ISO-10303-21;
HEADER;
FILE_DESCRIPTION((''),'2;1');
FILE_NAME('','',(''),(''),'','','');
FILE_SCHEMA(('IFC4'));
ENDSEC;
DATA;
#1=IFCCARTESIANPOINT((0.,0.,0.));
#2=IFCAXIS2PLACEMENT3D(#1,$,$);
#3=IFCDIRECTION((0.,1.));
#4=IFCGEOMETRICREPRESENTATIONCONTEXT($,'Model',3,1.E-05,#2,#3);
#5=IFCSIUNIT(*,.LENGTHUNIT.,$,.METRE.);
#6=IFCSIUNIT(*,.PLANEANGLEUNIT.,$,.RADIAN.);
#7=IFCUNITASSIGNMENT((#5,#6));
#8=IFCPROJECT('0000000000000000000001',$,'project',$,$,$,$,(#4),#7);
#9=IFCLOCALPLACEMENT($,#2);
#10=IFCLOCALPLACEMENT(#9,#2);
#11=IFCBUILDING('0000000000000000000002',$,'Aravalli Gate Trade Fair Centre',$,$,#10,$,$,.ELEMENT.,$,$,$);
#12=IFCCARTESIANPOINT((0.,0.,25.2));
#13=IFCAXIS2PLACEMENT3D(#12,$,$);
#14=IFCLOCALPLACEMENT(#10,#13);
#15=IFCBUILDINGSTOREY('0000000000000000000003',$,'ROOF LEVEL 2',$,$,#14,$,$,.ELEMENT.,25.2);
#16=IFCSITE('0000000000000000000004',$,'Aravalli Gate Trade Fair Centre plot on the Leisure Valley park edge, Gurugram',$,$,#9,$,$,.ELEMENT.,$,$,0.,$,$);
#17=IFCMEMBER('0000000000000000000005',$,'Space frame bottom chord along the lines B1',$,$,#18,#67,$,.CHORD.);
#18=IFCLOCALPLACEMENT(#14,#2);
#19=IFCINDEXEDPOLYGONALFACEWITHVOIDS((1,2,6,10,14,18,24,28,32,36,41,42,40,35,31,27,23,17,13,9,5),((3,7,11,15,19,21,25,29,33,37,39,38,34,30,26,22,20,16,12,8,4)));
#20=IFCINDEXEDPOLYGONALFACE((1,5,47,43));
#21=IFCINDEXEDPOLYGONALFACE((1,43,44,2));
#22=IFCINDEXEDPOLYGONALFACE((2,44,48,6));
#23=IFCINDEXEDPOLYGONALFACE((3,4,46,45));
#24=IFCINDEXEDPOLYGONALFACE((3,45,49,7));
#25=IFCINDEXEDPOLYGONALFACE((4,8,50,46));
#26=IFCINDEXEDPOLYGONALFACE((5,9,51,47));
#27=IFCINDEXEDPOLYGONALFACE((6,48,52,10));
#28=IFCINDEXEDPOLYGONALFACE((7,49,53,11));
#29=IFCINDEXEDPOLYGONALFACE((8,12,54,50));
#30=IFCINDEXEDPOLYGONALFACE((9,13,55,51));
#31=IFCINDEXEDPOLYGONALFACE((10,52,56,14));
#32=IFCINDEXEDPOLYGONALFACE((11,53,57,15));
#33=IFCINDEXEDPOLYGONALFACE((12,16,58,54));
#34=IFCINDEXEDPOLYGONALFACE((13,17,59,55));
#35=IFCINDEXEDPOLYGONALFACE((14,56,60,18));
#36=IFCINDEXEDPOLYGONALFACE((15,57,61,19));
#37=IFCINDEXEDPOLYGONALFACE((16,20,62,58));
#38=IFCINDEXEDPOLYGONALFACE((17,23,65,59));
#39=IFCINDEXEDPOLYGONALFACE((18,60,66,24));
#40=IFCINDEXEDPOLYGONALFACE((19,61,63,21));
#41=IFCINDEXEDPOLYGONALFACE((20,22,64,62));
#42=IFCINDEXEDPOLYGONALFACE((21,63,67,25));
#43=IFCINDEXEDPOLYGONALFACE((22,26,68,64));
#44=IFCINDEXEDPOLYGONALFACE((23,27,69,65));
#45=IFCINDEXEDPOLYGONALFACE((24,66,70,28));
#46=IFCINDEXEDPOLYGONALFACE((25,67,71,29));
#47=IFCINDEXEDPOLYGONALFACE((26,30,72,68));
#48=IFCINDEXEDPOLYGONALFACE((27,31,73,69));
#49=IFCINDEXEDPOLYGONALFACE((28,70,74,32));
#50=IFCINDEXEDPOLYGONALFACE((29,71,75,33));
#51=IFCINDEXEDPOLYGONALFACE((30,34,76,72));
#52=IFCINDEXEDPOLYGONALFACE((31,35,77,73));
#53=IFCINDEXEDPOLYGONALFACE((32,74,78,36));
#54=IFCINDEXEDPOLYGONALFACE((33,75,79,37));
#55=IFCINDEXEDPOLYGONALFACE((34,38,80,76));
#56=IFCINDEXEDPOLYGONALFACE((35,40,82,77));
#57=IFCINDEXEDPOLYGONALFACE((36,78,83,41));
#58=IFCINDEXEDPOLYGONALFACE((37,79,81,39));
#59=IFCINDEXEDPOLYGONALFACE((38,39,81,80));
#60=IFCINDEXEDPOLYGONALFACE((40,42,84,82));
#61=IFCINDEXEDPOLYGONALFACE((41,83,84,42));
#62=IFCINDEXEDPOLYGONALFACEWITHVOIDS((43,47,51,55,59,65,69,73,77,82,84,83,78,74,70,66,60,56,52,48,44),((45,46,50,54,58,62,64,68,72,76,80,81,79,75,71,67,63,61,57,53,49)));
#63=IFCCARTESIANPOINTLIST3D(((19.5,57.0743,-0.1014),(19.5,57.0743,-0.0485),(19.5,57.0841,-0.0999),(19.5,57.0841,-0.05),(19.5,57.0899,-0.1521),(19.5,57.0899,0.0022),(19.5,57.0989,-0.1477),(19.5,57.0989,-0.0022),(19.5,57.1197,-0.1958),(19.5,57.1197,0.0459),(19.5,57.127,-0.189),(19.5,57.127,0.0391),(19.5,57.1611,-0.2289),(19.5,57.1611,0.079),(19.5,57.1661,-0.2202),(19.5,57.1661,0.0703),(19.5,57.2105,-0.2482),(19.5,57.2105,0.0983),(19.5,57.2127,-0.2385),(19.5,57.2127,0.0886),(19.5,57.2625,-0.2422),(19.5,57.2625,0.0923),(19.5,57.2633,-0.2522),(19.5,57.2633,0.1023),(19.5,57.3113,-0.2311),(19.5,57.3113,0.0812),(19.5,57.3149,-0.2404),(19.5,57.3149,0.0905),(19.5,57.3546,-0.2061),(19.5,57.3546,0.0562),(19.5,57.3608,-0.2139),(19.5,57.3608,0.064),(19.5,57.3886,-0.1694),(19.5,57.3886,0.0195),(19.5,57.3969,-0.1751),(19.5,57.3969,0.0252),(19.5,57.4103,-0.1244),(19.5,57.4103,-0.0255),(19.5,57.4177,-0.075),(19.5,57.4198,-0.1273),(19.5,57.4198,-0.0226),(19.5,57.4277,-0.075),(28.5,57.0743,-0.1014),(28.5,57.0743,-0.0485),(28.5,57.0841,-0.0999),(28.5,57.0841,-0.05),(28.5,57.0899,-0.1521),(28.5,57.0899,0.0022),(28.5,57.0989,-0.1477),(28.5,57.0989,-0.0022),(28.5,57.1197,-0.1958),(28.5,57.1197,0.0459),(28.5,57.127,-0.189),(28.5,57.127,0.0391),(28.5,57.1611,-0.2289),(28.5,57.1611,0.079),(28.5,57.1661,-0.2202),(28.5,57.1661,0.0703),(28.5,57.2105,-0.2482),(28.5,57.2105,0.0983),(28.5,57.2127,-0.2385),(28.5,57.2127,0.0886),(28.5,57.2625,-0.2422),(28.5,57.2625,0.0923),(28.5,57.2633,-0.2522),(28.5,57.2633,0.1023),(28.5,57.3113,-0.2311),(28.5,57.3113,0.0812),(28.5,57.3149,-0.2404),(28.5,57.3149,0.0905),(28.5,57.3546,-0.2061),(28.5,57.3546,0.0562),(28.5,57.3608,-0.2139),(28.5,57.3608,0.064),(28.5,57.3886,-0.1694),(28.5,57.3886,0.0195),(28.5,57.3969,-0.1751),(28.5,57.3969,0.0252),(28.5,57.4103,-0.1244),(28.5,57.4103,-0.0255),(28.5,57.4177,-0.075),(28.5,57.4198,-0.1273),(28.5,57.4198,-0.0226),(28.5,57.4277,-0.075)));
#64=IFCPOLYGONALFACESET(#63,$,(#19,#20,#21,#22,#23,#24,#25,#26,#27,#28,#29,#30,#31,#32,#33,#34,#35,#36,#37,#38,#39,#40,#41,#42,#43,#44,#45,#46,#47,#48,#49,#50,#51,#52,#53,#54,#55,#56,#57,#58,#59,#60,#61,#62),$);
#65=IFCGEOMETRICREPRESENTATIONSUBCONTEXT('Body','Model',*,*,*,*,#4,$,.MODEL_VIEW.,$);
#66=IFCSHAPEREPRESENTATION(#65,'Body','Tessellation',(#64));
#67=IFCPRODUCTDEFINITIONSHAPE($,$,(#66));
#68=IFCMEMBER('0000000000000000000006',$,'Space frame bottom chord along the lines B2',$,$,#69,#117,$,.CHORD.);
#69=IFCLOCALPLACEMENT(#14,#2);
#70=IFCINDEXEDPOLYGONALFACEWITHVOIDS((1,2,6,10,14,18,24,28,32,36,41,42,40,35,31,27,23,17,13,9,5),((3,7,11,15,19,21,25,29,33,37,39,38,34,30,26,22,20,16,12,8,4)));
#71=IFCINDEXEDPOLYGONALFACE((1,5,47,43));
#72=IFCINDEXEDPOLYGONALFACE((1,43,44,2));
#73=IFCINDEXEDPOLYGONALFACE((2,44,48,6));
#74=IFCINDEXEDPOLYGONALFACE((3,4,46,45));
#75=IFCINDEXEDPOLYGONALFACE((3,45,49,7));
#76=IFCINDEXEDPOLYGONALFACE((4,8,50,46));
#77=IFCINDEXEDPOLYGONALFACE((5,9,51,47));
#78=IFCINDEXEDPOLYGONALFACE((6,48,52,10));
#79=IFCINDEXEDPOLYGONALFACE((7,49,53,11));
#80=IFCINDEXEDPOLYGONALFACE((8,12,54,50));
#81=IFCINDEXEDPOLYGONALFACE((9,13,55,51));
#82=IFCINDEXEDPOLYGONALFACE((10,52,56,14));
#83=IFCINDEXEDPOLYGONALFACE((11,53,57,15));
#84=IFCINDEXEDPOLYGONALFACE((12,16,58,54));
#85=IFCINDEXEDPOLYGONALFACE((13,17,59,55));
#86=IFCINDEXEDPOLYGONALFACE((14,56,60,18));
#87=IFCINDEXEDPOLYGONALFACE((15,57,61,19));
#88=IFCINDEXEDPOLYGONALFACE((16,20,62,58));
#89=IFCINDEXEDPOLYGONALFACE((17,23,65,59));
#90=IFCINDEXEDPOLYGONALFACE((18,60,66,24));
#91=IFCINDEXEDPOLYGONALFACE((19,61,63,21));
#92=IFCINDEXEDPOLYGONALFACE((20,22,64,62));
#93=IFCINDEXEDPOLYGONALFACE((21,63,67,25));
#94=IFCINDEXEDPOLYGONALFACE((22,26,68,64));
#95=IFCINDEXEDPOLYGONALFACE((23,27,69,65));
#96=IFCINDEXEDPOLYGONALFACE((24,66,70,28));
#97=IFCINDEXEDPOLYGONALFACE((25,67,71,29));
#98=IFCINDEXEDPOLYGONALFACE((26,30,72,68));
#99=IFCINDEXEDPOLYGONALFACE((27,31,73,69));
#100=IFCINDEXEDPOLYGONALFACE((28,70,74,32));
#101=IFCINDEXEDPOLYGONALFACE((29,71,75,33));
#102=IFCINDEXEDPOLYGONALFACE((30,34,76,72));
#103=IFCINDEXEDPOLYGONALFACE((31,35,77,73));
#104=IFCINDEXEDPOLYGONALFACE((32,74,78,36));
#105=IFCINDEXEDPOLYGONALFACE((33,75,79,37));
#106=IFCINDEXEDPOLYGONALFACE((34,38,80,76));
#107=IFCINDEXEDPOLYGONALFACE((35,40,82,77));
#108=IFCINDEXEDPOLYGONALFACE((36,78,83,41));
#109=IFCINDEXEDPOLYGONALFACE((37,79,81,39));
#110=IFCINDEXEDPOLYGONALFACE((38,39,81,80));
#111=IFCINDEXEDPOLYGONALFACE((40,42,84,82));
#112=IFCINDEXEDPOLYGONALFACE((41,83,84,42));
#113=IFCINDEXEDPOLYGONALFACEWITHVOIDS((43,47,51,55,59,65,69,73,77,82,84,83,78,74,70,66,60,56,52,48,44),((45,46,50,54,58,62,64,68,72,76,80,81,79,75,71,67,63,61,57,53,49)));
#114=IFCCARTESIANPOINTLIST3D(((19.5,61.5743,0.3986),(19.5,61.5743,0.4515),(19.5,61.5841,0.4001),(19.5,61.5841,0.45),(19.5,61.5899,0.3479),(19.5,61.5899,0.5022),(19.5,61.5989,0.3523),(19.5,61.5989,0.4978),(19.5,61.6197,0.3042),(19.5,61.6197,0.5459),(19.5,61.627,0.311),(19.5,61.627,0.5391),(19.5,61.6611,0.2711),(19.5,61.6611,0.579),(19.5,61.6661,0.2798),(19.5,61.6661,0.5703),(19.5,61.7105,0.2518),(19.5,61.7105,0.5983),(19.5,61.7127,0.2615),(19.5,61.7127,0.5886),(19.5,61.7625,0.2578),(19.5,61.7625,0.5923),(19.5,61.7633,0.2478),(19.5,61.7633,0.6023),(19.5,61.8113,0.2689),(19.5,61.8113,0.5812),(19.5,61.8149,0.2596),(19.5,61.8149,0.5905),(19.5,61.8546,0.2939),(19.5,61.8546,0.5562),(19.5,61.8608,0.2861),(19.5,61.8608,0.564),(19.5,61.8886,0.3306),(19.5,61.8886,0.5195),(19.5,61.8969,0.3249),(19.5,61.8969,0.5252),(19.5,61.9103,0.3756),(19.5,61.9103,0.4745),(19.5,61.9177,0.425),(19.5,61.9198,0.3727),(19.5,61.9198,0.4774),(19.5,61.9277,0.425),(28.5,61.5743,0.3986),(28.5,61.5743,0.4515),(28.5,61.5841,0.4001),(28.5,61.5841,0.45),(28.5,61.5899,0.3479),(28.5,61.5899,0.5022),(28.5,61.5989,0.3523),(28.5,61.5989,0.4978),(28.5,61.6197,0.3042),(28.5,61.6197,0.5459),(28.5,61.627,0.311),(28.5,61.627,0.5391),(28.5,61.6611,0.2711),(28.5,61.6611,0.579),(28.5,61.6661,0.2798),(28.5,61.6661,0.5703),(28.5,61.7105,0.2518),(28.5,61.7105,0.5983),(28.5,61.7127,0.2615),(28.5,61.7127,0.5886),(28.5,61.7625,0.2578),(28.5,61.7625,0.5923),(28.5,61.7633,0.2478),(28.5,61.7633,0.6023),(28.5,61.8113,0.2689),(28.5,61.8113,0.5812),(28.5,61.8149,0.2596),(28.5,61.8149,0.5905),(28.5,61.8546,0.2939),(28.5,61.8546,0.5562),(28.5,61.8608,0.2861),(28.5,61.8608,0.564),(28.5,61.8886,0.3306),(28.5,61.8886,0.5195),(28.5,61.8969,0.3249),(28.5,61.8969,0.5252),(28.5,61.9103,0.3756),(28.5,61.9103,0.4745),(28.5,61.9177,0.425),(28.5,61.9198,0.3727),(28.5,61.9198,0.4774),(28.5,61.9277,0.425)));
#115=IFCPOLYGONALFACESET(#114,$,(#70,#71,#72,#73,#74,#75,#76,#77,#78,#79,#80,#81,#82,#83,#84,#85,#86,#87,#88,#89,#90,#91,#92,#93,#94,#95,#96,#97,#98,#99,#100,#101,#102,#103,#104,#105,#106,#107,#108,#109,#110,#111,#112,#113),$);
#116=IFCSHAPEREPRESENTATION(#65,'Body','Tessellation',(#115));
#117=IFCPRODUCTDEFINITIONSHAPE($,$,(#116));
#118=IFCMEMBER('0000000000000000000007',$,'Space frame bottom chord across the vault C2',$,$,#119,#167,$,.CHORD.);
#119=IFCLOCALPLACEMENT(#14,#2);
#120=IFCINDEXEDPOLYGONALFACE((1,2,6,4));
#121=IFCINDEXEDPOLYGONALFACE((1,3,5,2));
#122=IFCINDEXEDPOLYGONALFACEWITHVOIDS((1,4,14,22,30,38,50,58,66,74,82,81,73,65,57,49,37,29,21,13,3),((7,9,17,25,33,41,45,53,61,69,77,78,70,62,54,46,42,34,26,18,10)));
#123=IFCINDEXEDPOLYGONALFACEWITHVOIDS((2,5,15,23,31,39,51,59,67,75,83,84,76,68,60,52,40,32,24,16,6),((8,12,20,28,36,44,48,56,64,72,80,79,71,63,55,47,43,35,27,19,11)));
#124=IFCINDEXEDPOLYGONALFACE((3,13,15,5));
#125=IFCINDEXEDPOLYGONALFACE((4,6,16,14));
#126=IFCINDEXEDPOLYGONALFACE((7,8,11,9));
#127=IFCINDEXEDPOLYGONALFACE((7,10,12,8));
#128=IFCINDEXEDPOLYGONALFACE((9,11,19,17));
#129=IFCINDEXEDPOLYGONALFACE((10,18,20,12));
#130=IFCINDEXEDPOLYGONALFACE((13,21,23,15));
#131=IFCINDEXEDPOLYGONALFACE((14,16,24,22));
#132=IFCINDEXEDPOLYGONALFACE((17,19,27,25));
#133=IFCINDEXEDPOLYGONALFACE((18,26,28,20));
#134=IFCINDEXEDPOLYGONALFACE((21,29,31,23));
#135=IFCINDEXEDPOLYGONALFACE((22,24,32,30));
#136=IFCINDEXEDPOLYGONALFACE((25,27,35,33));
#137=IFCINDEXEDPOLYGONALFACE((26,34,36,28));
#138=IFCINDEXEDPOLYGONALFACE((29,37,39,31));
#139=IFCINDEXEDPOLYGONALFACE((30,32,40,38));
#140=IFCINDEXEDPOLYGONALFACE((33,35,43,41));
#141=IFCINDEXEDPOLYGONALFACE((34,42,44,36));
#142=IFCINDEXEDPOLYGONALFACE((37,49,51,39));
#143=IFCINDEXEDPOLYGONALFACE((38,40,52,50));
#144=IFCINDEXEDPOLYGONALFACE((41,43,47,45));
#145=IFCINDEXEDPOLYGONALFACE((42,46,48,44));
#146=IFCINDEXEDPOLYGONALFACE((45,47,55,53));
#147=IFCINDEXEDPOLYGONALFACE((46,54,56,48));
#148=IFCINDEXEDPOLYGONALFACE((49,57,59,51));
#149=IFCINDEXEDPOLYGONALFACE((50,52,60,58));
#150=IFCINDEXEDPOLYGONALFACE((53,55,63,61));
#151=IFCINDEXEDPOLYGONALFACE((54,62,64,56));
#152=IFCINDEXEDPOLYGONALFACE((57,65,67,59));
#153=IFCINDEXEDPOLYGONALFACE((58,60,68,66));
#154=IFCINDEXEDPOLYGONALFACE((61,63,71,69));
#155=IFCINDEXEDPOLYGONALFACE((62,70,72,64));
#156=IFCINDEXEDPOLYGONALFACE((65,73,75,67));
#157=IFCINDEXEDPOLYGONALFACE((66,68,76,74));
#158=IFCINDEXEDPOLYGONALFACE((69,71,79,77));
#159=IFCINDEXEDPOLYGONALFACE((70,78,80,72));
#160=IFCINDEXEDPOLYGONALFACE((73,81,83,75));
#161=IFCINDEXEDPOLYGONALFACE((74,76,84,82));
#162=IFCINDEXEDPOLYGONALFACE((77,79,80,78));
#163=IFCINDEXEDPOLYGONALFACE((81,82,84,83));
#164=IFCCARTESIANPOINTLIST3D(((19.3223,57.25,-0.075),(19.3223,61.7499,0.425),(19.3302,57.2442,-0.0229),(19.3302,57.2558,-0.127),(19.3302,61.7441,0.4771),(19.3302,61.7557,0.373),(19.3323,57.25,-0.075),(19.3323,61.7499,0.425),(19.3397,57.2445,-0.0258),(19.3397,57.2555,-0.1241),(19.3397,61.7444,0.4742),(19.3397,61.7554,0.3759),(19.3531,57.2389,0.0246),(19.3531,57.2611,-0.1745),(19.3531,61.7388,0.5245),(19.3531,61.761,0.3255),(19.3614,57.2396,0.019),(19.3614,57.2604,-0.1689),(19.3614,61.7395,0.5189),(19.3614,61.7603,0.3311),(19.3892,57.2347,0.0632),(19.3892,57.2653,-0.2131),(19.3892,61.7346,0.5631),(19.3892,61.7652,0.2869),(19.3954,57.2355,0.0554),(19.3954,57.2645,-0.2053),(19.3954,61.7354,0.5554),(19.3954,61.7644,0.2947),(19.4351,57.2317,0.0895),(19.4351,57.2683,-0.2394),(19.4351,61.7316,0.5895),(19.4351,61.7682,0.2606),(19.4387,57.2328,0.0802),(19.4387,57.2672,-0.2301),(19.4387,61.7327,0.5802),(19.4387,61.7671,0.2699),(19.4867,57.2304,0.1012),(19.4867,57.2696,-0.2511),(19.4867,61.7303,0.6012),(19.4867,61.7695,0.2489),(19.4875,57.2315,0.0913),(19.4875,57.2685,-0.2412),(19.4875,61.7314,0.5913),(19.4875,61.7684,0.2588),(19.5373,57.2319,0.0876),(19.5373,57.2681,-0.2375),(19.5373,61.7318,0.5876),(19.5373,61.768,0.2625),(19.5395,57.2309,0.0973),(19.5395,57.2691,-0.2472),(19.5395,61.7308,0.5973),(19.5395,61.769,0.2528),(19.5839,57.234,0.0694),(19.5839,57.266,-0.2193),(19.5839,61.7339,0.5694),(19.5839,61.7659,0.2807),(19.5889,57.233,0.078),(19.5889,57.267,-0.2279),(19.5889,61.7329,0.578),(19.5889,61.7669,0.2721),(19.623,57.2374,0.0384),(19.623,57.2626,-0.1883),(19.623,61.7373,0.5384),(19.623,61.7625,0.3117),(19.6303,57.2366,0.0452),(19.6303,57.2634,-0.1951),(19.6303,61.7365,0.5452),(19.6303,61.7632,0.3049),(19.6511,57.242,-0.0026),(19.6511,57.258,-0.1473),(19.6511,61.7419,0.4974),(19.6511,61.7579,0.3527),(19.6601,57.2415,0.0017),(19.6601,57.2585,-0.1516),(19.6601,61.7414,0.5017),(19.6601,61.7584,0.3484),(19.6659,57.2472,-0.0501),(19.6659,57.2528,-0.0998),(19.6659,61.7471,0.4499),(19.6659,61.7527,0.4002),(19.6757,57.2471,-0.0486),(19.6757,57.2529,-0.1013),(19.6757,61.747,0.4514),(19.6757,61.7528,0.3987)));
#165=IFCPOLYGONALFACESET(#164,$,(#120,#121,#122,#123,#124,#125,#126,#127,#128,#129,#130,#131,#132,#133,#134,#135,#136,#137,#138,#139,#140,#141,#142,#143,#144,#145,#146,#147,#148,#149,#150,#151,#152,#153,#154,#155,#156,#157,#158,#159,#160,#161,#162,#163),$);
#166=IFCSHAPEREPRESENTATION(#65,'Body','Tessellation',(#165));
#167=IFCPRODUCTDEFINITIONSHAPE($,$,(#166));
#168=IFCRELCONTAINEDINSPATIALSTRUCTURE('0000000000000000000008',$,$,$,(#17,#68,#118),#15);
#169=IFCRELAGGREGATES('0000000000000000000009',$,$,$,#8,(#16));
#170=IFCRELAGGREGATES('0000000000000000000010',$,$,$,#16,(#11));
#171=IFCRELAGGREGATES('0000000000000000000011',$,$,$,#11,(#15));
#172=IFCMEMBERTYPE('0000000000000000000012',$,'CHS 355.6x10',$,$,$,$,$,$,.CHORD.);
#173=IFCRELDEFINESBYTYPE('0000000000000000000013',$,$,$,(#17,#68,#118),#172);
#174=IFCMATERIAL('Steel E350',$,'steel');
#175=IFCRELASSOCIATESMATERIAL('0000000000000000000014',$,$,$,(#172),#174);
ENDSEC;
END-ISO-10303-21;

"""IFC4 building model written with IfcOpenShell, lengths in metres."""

from ifc_helpers import new_model, si_unit, direction, frame, origin, origin_2d, place, context, subcontext, project, spatial, hollow_circle, extrude, material, material_profile, profile_set, type_object, element, save


model = new_model("IFC4")

# Units and contexts
model_context = context("Model", 3, precision=1e-05, world=origin(), true_north=direction((0.0, 1.0)))
body_context = subcontext(model_context, "Body", "Model", "MODEL_VIEW")
ifc_project = project(units=[si_unit("LENGTHUNIT", "METRE"), si_unit("PLANEANGLEUNIT", "RADIAN")], contexts=[model_context])

# Site, building, storey
site_placement = place(None, origin())
site = spatial("IfcSite", under=ifc_project, at=site_placement, Name="Aravalli Gate Trade Fair Centre plot on the Leisure Valley park edge, Gurugram", CompositionType="ELEMENT", RefElevation=0.0)
building_placement = place(site_placement, origin())
building = spatial("IfcBuilding", under=site, at=building_placement, Name="Aravalli Gate Trade Fair Centre", CompositionType="ELEMENT")
storey_placement = place(building_placement, frame((0.0, 0.0, 25.2)))
storey = spatial("IfcBuildingStorey", under=building, at=storey_placement, Name="ROOF LEVEL 2", CompositionType="ELEMENT", Elevation=25.2)

# Members
ifc_material = material(Name="Steel E350", Category="steel")
ifc_material_profile_1 = material_profile(ifc_material, hollow_circle(Radius=0.1777, WallThickness=0.01, at=origin_2d()), Name="CHS 355.6x10")
ifc_profile_set_1 = profile_set([ifc_material_profile_1], Name="Steel E350")
member_type_1 = type_object("IfcMemberType", Name="CHS 355.6x10", PredefinedType="CHORD", material=ifc_profile_set_1)
for number, where, z_axis, x_axis, name in (
    (1, (19.5, 57.25, -0.075), (1.0, 0.0, 0.0), (0.0, 1.0, 0.0), "Space frame bottom chord along the lines B1"),
    (2, (19.5, 61.75, 0.425), (1.0, 0.0, 0.0), (0.0, 1.0, 0.0), "Space frame bottom chord along the lines B2"),
):
    element("IfcMember", number, at=place(storey_placement, frame(where, z_axis=z_axis, x_axis=x_axis)), inside=storey, type_object=member_type_1, Name=name, PredefinedType="CHORD", context=body_context, shape_type="SweptSolid", body=[
        extrude(hollow_circle(Radius=0.1777, WallThickness=0.01, at=origin_2d()), origin(), (0.0, 0.0, 1.0), 9.0),
    ])
member_1_placement = place(storey_placement, frame((19.5, 57.25, -0.075), z_axis=(0.0, 0.993884, 0.110432), x_axis=(-1.0, 0.0, 0.0)))
element("IfcMember", 3, at=member_1_placement, inside=storey, type_object=member_type_1, Name="Space frame bottom chord across the vault C2", PredefinedType="CHORD", context=body_context, shape_type="SweptSolid", body=[
    extrude(hollow_circle(Radius=0.1777, WallThickness=0.01, at=origin_2d()), origin(), (0.0, 0.0, 1.0), 4.5276),
])

save(model, "model.ifc")
